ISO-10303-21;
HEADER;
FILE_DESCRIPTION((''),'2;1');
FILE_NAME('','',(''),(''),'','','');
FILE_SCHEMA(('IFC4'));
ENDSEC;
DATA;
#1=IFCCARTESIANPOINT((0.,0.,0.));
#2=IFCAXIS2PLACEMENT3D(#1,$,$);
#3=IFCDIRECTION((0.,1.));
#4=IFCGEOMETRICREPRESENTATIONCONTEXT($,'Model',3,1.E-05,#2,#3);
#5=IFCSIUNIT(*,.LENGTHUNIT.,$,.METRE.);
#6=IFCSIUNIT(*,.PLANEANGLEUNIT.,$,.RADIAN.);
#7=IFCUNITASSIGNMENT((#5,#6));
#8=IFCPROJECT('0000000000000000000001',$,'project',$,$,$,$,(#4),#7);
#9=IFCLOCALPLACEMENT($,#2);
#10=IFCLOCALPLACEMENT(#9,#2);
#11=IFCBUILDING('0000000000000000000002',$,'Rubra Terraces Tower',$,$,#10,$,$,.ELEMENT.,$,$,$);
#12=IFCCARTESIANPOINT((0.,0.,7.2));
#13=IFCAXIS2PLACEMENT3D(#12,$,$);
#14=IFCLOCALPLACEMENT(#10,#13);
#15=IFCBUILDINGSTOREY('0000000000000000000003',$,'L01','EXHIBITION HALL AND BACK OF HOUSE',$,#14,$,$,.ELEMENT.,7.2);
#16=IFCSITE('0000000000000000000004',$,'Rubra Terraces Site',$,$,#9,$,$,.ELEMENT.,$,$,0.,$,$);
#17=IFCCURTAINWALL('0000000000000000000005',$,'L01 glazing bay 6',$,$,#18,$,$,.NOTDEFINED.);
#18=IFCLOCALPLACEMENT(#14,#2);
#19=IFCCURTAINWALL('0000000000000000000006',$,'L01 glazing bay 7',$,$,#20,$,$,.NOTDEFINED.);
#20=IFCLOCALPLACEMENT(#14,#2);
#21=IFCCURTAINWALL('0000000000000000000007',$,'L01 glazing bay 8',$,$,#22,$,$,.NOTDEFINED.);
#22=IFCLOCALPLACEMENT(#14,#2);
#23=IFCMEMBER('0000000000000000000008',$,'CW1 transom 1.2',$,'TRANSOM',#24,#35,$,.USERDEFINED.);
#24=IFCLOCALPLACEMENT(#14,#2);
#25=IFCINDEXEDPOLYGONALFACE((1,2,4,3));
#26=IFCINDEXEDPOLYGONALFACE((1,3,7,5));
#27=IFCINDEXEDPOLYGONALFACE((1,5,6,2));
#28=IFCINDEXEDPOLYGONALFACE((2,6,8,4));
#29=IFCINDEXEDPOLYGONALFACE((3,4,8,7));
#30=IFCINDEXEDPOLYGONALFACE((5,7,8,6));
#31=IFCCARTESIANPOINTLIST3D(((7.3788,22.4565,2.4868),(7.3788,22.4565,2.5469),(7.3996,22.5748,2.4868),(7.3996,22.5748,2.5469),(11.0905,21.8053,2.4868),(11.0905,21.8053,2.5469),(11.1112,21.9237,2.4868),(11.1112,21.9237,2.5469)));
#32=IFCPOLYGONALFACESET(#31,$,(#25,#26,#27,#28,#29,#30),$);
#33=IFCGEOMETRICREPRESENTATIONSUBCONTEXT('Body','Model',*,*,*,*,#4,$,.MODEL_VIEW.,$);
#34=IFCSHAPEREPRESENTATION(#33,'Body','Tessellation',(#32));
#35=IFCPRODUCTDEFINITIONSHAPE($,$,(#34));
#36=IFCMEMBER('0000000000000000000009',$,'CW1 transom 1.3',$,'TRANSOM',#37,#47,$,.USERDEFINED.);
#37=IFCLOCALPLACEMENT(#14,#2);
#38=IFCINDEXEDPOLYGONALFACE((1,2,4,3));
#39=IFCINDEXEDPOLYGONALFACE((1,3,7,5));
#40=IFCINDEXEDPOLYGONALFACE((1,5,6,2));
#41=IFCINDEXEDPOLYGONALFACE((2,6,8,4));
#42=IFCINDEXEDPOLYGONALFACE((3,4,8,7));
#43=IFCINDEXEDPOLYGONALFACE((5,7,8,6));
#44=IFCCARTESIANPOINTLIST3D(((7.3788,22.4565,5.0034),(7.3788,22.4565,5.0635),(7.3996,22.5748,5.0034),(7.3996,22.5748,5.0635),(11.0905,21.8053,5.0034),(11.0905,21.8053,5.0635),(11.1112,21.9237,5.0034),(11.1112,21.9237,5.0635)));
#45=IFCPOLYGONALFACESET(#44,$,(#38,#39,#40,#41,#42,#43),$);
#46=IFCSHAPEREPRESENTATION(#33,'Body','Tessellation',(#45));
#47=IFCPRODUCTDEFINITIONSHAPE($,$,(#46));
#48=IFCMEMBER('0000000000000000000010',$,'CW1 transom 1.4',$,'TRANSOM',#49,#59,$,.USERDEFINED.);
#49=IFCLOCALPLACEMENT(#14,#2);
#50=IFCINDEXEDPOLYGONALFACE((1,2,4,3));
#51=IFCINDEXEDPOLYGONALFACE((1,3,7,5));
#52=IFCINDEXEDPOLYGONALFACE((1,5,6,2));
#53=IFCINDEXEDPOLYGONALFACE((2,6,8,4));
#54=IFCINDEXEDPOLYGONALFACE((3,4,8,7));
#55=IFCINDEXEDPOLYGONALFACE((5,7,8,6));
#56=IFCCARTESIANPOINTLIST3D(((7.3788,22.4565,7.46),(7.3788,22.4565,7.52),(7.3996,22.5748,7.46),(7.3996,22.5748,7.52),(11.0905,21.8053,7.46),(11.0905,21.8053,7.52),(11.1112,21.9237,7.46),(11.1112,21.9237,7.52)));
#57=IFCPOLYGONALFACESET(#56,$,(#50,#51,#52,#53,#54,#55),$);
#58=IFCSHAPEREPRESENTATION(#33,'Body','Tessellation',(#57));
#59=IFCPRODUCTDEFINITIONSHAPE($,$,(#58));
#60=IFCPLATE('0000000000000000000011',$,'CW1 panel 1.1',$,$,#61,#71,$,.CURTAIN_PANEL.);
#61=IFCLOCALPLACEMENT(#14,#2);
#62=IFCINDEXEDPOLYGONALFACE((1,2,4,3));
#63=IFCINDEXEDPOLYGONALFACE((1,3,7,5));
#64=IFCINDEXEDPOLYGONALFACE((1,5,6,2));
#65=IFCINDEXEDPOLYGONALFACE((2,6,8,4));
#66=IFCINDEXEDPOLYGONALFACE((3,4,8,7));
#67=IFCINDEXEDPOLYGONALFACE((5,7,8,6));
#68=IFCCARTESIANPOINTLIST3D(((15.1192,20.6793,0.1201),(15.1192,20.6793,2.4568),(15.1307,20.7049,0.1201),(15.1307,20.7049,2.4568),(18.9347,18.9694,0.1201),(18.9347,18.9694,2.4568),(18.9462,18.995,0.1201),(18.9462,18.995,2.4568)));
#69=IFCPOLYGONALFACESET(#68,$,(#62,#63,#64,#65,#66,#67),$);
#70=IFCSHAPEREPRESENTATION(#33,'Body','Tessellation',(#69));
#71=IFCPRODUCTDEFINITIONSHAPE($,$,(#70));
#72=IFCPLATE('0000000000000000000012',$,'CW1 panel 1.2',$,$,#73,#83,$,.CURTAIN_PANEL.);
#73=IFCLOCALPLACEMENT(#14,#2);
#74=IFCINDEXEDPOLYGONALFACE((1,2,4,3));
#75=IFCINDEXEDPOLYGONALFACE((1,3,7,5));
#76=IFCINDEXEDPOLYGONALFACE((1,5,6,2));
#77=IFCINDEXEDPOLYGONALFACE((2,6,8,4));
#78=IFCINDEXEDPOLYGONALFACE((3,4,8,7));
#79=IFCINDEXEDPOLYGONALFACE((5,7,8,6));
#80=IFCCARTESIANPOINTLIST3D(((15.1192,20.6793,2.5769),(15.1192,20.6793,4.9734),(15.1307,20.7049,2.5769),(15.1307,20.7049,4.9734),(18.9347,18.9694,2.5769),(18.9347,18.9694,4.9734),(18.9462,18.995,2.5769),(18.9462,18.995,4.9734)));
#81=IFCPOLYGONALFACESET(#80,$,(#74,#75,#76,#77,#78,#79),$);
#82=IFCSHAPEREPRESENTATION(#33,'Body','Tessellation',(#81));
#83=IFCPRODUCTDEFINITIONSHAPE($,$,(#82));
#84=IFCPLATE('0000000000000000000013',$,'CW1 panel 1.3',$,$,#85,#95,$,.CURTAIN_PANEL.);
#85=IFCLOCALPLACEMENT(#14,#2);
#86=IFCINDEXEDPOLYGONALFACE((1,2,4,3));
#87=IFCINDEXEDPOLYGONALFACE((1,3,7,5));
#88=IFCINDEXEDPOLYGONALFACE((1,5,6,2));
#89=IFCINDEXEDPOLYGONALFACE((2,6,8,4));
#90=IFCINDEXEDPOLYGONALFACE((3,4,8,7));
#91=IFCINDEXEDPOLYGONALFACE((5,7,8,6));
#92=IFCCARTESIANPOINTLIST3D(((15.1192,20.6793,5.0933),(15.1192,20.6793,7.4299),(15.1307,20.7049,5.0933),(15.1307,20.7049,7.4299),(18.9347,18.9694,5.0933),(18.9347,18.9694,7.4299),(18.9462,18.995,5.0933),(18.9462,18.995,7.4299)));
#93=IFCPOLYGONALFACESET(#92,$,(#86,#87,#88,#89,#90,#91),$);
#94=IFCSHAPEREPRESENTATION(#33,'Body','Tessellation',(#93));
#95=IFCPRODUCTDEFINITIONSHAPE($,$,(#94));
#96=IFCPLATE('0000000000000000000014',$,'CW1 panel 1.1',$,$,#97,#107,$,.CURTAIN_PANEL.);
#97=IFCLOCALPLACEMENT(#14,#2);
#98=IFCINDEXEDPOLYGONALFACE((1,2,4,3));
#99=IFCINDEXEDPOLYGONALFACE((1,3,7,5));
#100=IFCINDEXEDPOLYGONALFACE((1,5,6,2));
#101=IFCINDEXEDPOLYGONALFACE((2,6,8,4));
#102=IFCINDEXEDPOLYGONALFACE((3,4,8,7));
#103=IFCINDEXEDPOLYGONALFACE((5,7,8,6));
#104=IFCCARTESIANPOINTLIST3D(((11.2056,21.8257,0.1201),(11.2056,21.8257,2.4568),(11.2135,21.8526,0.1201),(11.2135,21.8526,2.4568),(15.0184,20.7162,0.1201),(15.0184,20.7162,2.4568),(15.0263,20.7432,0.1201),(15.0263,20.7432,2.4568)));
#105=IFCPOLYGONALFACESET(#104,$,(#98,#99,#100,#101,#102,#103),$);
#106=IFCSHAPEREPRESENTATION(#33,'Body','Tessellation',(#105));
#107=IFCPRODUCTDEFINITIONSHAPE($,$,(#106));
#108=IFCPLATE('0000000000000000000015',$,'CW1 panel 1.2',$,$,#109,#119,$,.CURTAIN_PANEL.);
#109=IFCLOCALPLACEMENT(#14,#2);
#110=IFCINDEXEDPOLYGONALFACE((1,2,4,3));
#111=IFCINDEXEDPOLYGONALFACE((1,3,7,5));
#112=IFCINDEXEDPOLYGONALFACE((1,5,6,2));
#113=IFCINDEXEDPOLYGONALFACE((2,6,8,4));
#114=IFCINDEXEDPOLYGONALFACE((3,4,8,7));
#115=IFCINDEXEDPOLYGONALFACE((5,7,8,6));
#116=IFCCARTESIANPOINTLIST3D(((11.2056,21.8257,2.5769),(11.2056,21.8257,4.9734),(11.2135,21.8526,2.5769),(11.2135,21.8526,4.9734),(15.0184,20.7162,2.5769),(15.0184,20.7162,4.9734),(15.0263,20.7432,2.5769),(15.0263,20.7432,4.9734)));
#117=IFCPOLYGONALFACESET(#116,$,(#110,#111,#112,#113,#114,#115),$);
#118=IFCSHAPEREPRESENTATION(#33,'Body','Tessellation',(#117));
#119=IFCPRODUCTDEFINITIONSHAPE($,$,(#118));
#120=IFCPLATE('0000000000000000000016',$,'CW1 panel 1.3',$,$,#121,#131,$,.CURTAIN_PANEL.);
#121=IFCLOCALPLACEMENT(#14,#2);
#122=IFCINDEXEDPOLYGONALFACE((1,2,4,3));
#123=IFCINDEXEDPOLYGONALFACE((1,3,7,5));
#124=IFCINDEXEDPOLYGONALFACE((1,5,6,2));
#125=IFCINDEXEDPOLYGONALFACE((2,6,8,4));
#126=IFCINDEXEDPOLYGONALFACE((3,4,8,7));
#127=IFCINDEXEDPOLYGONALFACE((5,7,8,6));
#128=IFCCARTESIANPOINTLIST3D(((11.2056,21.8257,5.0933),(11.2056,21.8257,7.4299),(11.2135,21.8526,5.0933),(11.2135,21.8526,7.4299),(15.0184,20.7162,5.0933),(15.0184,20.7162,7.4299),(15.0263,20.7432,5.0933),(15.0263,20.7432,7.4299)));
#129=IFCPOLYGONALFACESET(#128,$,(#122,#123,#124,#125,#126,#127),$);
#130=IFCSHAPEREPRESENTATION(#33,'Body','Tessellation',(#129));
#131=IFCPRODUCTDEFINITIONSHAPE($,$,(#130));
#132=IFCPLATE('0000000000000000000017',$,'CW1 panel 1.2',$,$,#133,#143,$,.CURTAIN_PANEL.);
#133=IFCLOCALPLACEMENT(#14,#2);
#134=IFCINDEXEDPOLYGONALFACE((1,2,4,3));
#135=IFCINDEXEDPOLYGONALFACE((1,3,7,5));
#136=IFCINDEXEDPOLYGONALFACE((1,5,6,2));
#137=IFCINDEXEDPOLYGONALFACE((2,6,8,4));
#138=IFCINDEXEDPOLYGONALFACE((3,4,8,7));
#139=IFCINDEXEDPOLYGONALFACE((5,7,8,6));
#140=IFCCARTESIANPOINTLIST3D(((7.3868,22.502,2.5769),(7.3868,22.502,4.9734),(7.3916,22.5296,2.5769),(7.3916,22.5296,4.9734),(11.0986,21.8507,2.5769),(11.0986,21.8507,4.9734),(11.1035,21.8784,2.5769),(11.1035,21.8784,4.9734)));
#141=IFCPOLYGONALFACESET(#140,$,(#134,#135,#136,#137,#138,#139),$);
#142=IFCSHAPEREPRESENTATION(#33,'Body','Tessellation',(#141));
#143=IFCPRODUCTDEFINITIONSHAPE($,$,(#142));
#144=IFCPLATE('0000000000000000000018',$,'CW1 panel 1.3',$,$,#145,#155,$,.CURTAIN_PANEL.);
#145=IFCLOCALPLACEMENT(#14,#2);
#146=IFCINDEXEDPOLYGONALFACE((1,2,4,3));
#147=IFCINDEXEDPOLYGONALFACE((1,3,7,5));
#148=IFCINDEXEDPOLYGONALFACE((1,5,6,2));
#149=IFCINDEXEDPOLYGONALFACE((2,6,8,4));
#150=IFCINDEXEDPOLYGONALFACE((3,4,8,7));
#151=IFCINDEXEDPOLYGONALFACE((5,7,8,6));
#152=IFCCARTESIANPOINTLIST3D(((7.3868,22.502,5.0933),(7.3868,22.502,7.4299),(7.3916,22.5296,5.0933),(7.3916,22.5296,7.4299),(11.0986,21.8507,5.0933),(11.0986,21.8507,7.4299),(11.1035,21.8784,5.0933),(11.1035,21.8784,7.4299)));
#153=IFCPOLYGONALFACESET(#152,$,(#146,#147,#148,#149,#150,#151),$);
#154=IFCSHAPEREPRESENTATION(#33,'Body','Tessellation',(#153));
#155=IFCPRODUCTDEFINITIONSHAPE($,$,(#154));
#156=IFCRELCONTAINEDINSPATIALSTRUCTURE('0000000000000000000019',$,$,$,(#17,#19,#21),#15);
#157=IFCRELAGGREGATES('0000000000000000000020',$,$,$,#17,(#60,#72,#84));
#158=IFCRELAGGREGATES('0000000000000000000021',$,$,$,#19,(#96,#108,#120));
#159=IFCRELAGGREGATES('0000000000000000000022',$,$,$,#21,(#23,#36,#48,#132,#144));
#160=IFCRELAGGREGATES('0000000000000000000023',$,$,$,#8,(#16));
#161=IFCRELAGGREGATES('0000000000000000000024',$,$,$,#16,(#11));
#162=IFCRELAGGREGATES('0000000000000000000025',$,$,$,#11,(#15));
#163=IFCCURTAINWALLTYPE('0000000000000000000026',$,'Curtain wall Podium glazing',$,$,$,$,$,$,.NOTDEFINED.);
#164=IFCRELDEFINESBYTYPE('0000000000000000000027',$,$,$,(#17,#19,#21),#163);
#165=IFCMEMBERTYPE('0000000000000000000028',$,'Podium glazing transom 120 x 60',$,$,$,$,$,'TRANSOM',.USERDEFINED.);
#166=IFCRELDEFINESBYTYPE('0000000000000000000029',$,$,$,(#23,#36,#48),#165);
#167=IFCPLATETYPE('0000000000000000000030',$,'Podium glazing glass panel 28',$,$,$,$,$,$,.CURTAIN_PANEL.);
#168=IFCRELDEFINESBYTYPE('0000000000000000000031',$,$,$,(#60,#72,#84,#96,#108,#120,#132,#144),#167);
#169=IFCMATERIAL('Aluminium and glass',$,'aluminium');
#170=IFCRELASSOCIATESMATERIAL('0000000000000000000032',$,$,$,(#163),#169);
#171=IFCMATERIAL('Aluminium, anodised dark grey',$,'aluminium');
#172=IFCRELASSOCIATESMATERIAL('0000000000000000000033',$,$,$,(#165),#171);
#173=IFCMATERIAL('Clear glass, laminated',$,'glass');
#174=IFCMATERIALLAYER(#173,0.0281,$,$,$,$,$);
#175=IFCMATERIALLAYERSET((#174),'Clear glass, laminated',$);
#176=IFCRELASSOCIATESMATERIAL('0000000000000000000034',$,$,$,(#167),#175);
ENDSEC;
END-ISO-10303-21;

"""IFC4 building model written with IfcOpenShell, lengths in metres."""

from ifc_helpers import new_model, si_unit, direction, frame, origin, origin_2d, place, context, subcontext, project, spatial, rectangle, extrude, material, layer, layer_set, material_profile, profile_set, type_object, element, aggregate, save


model = new_model("IFC4")

# Units and contexts
model_context = context("Model", 3, precision=1e-05, world=origin(), true_north=direction((0.0, 1.0)))
body_context = subcontext(model_context, "Body", "Model", "MODEL_VIEW")
ifc_project = project(units=[si_unit("LENGTHUNIT", "METRE"), si_unit("PLANEANGLEUNIT", "RADIAN")], contexts=[model_context])

# Site, building, storey
site_placement = place(None, origin())
site = spatial("IfcSite", under=ifc_project, at=site_placement, Name="Rubra Terraces Site", CompositionType="ELEMENT", RefElevation=0.0)
building_placement = place(site_placement, origin())
building = spatial("IfcBuilding", under=site, at=building_placement, Name="Rubra Terraces Tower", CompositionType="ELEMENT")
storey_placement = place(building_placement, frame((0.0, 0.0, 7.2)))
storey = spatial("IfcBuildingStorey", under=building, at=storey_placement, Name="L01", Description="EXHIBITION HALL AND BACK OF HOUSE", CompositionType="ELEMENT", Elevation=7.2)

# Curtain walls
ifc_material_1 = material(Name="Aluminium and glass", Category="aluminium")
curtain_wall_type = type_object("IfcCurtainWallType", Name="Curtain wall Podium glazing", PredefinedType="NOTDEFINED", material=ifc_material_1)
curtain_wall_1_placement = place(storey_placement, origin())
curtain_wall_1 = element("IfcCurtainWall", 1, at=curtain_wall_1_placement, inside=storey, type_object=curtain_wall_type, Name="L01 glazing bay 6", PredefinedType="NOTDEFINED")
ifc_material_2 = material(Name="Aluminium, anodised dark grey", Category="aluminium")
curtain_wall_2_placement = place(storey_placement, origin())
curtain_wall_2 = element("IfcCurtainWall", 2, at=curtain_wall_2_placement, inside=storey, type_object=curtain_wall_type, Name="L01 glazing bay 7", PredefinedType="NOTDEFINED")
curtain_wall_3_placement = place(storey_placement, origin())
curtain_wall_3 = element("IfcCurtainWall", 3, at=curtain_wall_3_placement, inside=storey, type_object=curtain_wall_type, Name="L01 glazing bay 8", PredefinedType="NOTDEFINED")

# Members
ifc_material_profile_1 = material_profile(ifc_material_2, rectangle(XDim=0.1201, YDim=0.0601, at=origin_2d()), Name="AL 120x60")
ifc_profile_set_1 = profile_set([ifc_material_profile_1], Name="Aluminium, anodised dark grey")
member_type_1 = type_object("IfcMemberType", Name="Podium glazing transom 120 x 60", ElementType="TRANSOM", PredefinedType="USERDEFINED", material=ifc_profile_set_1)
member_1_placement = place(storey_placement, frame((11.1008, 21.8645, 2.5168), z_axis=(-0.984959, 0.172787, 0.0), x_axis=(-0.172787, -0.984959, 0.0)))
member_1 = element("IfcMember", 4, at=member_1_placement, type_object=member_type_1, Name="CW1 transom 1.2", ObjectType="TRANSOM", PredefinedType="USERDEFINED", context=body_context, shape_type="SweptSolid", body=[
    extrude(rectangle(XDim=0.1201, YDim=0.0601, at=origin_2d()), origin(), (0.0, 0.0, 1.0), 3.7683),
])
member_2_placement = place(storey_placement, frame((11.1008, 21.8645, 5.0334), z_axis=(-0.984959, 0.172787, 0.0), x_axis=(-0.172787, -0.984959, 0.0)))
member_2 = element("IfcMember", 5, at=member_2_placement, type_object=member_type_1, Name="CW1 transom 1.3", ObjectType="TRANSOM", PredefinedType="USERDEFINED", context=body_context, shape_type="SweptSolid", body=[
    extrude(rectangle(XDim=0.1201, YDim=0.0601, at=origin_2d()), origin(), (0.0, 0.0, 1.0), 3.7683),
])
member_3_placement = place(storey_placement, frame((11.1008, 21.8645, 7.49), z_axis=(-0.984959, 0.172787, 0.0), x_axis=(-0.172787, -0.984959, 0.0)))
member_3 = element("IfcMember", 6, at=member_3_placement, type_object=member_type_1, Name="CW1 transom 1.4", ObjectType="TRANSOM", PredefinedType="USERDEFINED", context=body_context, shape_type="SweptSolid", body=[
    extrude(rectangle(XDim=0.1201, YDim=0.0601, at=origin_2d()), origin(), (0.0, 0.0, 1.0), 3.7683),
])

# Plates
ifc_material_3 = material(Name="Clear glass, laminated", Category="glass")
ifc_layer = layer(ifc_material_3, 0.0281)
ifc_layer_set = layer_set([ifc_layer], Name="Clear glass, laminated")
plate_type = type_object("IfcPlateType", Name="Podium glazing glass panel 28", PredefinedType="CURTAIN_PANEL", material=ifc_layer_set)
plate_1_placement = place(storey_placement, frame((17.0327, 19.8372, 0.1201), z_axis=(0.0, 0.0, 1.0), x_axis=(-0.912551, 0.408962, 0.0)))
plate_1 = element("IfcPlate", 7, at=plate_1_placement, type_object=plate_type, Name="CW1 panel 1.1", PredefinedType="CURTAIN_PANEL", context=body_context, shape_type="SweptSolid", body=[
    extrude(rectangle(XDim=4.1812, YDim=0.0281, at=origin_2d()), origin(), (0.0, 0.0, 1.0), 2.3367),
])
plate_2_placement = place(storey_placement, frame((17.0327, 19.8372, 2.5769), z_axis=(0.0, 0.0, 1.0), x_axis=(-0.912551, 0.408962, 0.0)))
plate_2 = element("IfcPlate", 8, at=plate_2_placement, type_object=plate_type, Name="CW1 panel 1.2", PredefinedType="CURTAIN_PANEL", context=body_context, shape_type="SweptSolid", body=[
    extrude(rectangle(XDim=4.1812, YDim=0.0281, at=origin_2d()), origin(), (0.0, 0.0, 1.0), 2.3965),
])
plate_3_placement = place(storey_placement, frame((17.0327, 19.8372, 5.0933), z_axis=(0.0, 0.0, 1.0), x_axis=(-0.912551, 0.408962, 0.0)))
plate_3 = element("IfcPlate", 9, at=plate_3_placement, type_object=plate_type, Name="CW1 panel 1.3", PredefinedType="CURTAIN_PANEL", context=body_context, shape_type="SweptSolid", body=[
    extrude(rectangle(XDim=4.1812, YDim=0.0281, at=origin_2d()), origin(), (0.0, 0.0, 1.0), 2.3367),
])
aggregate(curtain_wall_1, [plate_1, plate_2, plate_3])
plate_4_placement = place(storey_placement, frame((13.116, 21.2844, 0.1201), z_axis=(0.0, 0.0, 1.0), x_axis=(-0.960175, 0.279399, 0.0)))
plate_4 = element("IfcPlate", 10, at=plate_4_placement, type_object=plate_type, Name="CW1 panel 1.1", PredefinedType="CURTAIN_PANEL", context=body_context, shape_type="SweptSolid", body=[
    extrude(rectangle(XDim=3.9709, YDim=0.0281, at=origin_2d()), origin(), (0.0, 0.0, 1.0), 2.3367),
])
plate_5_placement = place(storey_placement, frame((13.116, 21.2844, 2.5769), z_axis=(0.0, 0.0, 1.0), x_axis=(-0.960175, 0.279399, 0.0)))
plate_5 = element("IfcPlate", 11, at=plate_5_placement, type_object=plate_type, Name="CW1 panel 1.2", PredefinedType="CURTAIN_PANEL", context=body_context, shape_type="SweptSolid", body=[
    extrude(rectangle(XDim=3.9709, YDim=0.0281, at=origin_2d()), origin(), (0.0, 0.0, 1.0), 2.3965),
])
plate_6_placement = place(storey_placement, frame((13.116, 21.2844, 5.0933), z_axis=(0.0, 0.0, 1.0), x_axis=(-0.960175, 0.279399, 0.0)))
plate_6 = element("IfcPlate", 12, at=plate_6_placement, type_object=plate_type, Name="CW1 panel 1.3", PredefinedType="CURTAIN_PANEL", context=body_context, shape_type="SweptSolid", body=[
    extrude(rectangle(XDim=3.9709, YDim=0.0281, at=origin_2d()), origin(), (0.0, 0.0, 1.0), 2.3367),
])
aggregate(curtain_wall_2, [plate_4, plate_5, plate_6])
plate_7_placement = place(storey_placement, frame((9.2451, 22.1902, 2.5769), z_axis=(0.0, 0.0, 1.0), x_axis=(-0.984954, 0.172817, 0.0)))
plate_7 = element("IfcPlate", 13, at=plate_7_placement, type_object=plate_type, Name="CW1 panel 1.2", PredefinedType="CURTAIN_PANEL", context=body_context, shape_type="SweptSolid", body=[
    extrude(rectangle(XDim=3.7686, YDim=0.0281, at=origin_2d()), origin(), (0.0, 0.0, 1.0), 2.3965),
])
plate_8_placement = place(storey_placement, frame((9.2451, 22.1902, 5.0933), z_axis=(0.0, 0.0, 1.0), x_axis=(-0.984954, 0.172817, 0.0)))
plate_8 = element("IfcPlate", 14, at=plate_8_placement, type_object=plate_type, Name="CW1 panel 1.3", PredefinedType="CURTAIN_PANEL", context=body_context, shape_type="SweptSolid", body=[
    extrude(rectangle(XDim=3.7686, YDim=0.0281, at=origin_2d()), origin(), (0.0, 0.0, 1.0), 2.3367),
])
aggregate(curtain_wall_3, [member_1, member_2, member_3, plate_7, plate_8])

save(model, "model.ifc")
